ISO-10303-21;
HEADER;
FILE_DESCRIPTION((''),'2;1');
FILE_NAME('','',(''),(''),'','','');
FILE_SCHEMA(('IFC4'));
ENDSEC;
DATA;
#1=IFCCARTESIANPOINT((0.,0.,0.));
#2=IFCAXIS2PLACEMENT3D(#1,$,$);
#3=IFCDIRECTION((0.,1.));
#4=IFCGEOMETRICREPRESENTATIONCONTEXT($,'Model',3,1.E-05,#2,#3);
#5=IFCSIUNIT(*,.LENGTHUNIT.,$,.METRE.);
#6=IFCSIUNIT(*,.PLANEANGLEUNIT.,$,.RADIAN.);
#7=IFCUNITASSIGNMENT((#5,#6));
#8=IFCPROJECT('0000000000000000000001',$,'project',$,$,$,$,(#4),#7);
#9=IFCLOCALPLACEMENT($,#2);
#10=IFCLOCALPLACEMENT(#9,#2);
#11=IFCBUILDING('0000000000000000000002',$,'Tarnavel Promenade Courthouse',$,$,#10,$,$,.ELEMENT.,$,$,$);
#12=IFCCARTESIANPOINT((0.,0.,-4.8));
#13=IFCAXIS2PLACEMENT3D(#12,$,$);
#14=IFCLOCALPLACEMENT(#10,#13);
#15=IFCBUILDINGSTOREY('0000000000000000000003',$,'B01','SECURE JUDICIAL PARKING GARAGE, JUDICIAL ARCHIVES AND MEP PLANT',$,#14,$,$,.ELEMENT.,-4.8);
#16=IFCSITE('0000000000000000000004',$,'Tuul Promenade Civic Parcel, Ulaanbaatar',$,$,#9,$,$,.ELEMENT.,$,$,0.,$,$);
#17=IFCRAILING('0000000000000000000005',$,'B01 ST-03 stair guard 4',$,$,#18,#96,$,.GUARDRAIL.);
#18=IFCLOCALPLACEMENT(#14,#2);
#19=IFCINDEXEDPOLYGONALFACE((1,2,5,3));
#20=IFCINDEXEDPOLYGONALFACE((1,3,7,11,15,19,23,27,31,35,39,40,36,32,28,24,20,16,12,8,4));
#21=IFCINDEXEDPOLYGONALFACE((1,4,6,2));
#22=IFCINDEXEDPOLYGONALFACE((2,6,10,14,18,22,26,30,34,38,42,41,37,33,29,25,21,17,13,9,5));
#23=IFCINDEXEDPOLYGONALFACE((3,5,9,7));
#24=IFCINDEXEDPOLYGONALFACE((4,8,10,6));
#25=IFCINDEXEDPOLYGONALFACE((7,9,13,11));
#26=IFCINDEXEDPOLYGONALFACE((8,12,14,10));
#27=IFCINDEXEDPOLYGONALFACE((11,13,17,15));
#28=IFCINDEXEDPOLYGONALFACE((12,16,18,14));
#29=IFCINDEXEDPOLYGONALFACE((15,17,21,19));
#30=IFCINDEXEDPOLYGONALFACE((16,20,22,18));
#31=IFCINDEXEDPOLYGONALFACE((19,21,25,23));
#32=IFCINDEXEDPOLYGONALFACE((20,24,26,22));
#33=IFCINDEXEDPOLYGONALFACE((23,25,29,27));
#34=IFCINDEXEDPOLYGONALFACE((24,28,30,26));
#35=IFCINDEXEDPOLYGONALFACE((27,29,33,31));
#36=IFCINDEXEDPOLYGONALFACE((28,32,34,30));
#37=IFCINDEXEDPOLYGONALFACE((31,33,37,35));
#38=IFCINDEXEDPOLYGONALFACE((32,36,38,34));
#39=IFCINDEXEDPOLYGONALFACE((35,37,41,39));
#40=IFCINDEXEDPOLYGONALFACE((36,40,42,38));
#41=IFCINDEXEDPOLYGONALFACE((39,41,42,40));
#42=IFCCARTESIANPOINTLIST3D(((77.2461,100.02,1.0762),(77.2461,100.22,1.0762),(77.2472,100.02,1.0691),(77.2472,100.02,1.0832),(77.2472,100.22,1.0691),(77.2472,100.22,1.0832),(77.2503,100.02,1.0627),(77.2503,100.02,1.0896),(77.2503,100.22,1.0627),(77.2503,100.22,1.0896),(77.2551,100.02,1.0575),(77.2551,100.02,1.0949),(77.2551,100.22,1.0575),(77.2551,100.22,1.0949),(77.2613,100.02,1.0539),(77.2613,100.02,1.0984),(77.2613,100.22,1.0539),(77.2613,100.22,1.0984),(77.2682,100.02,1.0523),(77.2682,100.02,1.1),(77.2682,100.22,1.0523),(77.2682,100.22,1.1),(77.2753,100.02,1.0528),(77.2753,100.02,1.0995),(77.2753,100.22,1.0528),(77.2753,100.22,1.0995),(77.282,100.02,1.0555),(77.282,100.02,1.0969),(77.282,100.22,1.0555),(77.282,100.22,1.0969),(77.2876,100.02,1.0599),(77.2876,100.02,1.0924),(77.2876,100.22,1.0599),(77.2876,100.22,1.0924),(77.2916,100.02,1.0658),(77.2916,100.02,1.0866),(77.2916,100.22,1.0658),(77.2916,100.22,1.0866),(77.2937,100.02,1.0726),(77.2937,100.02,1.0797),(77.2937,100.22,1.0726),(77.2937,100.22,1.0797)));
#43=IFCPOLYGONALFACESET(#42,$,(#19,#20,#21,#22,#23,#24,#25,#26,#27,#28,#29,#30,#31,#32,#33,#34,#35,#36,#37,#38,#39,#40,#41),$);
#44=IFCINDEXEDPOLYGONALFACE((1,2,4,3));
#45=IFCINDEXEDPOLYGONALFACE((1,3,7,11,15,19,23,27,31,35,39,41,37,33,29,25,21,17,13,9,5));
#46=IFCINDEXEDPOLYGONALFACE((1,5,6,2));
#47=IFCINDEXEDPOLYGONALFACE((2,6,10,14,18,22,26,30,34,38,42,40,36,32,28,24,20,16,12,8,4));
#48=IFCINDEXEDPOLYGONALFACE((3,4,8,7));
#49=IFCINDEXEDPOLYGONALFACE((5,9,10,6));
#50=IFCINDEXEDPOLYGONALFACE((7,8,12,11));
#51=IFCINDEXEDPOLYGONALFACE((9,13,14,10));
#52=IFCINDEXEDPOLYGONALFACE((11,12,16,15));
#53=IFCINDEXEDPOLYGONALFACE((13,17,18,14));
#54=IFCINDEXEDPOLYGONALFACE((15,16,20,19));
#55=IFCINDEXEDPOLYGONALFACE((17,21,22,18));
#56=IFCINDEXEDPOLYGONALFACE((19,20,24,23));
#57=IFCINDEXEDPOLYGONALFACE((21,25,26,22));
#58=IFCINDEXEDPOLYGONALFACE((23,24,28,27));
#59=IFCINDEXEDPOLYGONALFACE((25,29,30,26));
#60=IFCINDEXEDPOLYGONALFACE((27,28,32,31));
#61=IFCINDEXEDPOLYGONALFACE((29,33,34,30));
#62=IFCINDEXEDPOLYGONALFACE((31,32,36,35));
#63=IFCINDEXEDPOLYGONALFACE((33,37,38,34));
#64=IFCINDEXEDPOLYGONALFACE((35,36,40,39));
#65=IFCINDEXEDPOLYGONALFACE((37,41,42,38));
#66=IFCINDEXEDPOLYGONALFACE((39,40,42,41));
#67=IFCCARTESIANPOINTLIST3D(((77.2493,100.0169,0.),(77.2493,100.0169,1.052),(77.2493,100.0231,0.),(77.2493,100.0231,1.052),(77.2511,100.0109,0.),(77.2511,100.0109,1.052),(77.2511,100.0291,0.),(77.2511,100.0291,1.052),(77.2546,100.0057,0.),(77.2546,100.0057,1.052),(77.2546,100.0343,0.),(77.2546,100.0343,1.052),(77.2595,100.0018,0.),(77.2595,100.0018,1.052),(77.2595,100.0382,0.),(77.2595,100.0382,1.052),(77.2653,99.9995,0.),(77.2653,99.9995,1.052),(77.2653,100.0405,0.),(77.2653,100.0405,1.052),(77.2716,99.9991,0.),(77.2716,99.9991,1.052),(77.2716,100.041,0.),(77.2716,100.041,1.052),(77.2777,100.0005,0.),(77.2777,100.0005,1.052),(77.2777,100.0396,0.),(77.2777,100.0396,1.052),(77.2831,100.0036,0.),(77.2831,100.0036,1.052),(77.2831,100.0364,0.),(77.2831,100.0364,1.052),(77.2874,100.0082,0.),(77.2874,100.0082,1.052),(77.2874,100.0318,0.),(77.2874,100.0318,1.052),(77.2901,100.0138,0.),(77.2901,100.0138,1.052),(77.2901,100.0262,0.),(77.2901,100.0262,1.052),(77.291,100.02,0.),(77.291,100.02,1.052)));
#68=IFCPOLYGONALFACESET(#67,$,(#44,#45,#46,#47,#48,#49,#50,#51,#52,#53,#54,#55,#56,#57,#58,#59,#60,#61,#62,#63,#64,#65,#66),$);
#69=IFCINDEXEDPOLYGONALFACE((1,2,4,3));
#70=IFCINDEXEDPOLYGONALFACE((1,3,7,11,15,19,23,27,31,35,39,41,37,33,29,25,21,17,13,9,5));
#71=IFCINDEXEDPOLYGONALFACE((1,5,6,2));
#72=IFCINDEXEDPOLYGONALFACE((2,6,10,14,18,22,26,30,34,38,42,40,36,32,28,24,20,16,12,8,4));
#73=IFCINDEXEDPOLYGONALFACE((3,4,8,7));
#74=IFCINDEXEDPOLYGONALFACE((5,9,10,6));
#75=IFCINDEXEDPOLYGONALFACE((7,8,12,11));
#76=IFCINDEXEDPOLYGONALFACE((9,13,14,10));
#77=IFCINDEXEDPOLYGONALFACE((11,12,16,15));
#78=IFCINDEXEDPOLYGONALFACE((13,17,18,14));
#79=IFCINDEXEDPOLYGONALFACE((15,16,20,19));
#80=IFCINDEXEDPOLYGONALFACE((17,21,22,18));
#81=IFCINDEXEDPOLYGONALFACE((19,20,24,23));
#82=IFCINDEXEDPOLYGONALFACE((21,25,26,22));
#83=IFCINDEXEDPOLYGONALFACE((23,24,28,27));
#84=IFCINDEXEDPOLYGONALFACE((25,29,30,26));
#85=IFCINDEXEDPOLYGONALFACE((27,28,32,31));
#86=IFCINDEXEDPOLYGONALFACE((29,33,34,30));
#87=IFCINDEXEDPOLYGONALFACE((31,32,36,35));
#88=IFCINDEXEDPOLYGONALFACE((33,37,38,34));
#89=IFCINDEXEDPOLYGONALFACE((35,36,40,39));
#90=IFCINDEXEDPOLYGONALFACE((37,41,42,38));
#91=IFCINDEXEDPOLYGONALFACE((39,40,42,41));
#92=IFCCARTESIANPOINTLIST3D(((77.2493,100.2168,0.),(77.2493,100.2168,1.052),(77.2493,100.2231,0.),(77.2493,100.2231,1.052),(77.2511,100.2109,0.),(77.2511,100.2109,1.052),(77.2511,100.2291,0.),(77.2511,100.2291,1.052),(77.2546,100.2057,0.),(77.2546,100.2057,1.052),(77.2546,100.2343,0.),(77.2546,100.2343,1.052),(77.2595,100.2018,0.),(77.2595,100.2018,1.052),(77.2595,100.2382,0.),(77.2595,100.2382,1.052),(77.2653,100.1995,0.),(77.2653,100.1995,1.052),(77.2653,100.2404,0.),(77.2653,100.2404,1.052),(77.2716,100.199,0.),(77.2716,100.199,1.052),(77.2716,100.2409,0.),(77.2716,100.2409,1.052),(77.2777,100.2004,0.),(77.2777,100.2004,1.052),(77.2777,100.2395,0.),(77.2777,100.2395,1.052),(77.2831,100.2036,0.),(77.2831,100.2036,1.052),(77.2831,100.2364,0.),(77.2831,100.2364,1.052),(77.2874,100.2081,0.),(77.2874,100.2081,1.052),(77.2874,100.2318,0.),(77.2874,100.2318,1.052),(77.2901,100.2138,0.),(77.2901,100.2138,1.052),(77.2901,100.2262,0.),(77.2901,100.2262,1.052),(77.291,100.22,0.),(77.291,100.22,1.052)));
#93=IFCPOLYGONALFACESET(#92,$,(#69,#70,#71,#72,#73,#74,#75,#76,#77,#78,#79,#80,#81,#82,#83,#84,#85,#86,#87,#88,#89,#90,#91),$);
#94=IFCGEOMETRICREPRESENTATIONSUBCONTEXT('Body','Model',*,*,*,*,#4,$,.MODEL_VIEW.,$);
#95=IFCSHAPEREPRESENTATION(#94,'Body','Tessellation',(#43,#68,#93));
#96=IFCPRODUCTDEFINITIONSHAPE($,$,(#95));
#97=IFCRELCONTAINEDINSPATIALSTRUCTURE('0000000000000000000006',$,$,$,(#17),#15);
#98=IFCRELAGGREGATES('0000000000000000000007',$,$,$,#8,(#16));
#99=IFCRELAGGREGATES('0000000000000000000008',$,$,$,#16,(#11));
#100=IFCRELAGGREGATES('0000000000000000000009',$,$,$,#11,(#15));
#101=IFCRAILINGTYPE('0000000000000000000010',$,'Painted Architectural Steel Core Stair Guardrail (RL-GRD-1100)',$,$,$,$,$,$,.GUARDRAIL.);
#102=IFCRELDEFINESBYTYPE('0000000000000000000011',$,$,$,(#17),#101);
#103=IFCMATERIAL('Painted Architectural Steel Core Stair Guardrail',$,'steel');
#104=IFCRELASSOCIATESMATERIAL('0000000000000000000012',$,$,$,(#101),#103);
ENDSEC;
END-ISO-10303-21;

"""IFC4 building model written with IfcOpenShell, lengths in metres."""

from ifc_helpers import new_model, si_unit, direction, frame, origin, origin_2d, place, context, subcontext, project, spatial, circle, extrude, material, type_object, element, save


model = new_model("IFC4")

# Units and contexts
model_context = context("Model", 3, precision=1e-05, world=origin(), true_north=direction((0.0, 1.0)))
body_context = subcontext(model_context, "Body", "Model", "MODEL_VIEW")
ifc_project = project(units=[si_unit("LENGTHUNIT", "METRE"), si_unit("PLANEANGLEUNIT", "RADIAN")], contexts=[model_context])

# Site, building, storey
site_placement = place(None, origin())
site = spatial("IfcSite", under=ifc_project, at=site_placement, Name="Tuul Promenade Civic Parcel, Ulaanbaatar", CompositionType="ELEMENT", RefElevation=0.0)
building_placement = place(site_placement, origin())
building = spatial("IfcBuilding", under=site, at=building_placement, Name="Tarnavel Promenade Courthouse", CompositionType="ELEMENT")
storey_placement = place(building_placement, frame((0.0, 0.0, -4.8)))
storey = spatial("IfcBuildingStorey", under=building, at=storey_placement, Name="B01", Description="SECURE JUDICIAL PARKING GARAGE, JUDICIAL ARCHIVES AND MEP PLANT", CompositionType="ELEMENT", Elevation=-4.8)

# Railing
ifc_material_1 = material(Name="Painted Architectural Steel Core Stair Guardrail", Category="steel")
railing_type_1 = type_object("IfcRailingType", Name="Painted Architectural Steel Core Stair Guardrail (RL-GRD-1100)", PredefinedType="GUARDRAIL", material=ifc_material_1)
railing_1_placement = place(storey_placement, frame((77.27, 100.02, 0.0)))
element("IfcRailing", 1, at=railing_1_placement, inside=storey, type_object=railing_type_1, Name="B01 ST-03 stair guard 4", PredefinedType="GUARDRAIL", context=body_context, shape_type="SweptSolid", body=[
    extrude(circle(Radius=0.0239, at=origin_2d()), frame((0.0, 0.0, 1.0762), z_axis=(0.0, 1.0, 0.0), x_axis=(-1.0, 0.0, 0.0)), (0.0, 0.0, 1.0), 0.2),
    extrude(circle(Radius=0.021, at=origin_2d()), origin(), (0.0, 0.0, 1.0), 1.052),
    extrude(circle(Radius=0.021, at=origin_2d()), frame((0.0, 0.2, 0.0)), (0.0, 0.0, 1.0), 1.052),
])

save(model, "model.ifc")
